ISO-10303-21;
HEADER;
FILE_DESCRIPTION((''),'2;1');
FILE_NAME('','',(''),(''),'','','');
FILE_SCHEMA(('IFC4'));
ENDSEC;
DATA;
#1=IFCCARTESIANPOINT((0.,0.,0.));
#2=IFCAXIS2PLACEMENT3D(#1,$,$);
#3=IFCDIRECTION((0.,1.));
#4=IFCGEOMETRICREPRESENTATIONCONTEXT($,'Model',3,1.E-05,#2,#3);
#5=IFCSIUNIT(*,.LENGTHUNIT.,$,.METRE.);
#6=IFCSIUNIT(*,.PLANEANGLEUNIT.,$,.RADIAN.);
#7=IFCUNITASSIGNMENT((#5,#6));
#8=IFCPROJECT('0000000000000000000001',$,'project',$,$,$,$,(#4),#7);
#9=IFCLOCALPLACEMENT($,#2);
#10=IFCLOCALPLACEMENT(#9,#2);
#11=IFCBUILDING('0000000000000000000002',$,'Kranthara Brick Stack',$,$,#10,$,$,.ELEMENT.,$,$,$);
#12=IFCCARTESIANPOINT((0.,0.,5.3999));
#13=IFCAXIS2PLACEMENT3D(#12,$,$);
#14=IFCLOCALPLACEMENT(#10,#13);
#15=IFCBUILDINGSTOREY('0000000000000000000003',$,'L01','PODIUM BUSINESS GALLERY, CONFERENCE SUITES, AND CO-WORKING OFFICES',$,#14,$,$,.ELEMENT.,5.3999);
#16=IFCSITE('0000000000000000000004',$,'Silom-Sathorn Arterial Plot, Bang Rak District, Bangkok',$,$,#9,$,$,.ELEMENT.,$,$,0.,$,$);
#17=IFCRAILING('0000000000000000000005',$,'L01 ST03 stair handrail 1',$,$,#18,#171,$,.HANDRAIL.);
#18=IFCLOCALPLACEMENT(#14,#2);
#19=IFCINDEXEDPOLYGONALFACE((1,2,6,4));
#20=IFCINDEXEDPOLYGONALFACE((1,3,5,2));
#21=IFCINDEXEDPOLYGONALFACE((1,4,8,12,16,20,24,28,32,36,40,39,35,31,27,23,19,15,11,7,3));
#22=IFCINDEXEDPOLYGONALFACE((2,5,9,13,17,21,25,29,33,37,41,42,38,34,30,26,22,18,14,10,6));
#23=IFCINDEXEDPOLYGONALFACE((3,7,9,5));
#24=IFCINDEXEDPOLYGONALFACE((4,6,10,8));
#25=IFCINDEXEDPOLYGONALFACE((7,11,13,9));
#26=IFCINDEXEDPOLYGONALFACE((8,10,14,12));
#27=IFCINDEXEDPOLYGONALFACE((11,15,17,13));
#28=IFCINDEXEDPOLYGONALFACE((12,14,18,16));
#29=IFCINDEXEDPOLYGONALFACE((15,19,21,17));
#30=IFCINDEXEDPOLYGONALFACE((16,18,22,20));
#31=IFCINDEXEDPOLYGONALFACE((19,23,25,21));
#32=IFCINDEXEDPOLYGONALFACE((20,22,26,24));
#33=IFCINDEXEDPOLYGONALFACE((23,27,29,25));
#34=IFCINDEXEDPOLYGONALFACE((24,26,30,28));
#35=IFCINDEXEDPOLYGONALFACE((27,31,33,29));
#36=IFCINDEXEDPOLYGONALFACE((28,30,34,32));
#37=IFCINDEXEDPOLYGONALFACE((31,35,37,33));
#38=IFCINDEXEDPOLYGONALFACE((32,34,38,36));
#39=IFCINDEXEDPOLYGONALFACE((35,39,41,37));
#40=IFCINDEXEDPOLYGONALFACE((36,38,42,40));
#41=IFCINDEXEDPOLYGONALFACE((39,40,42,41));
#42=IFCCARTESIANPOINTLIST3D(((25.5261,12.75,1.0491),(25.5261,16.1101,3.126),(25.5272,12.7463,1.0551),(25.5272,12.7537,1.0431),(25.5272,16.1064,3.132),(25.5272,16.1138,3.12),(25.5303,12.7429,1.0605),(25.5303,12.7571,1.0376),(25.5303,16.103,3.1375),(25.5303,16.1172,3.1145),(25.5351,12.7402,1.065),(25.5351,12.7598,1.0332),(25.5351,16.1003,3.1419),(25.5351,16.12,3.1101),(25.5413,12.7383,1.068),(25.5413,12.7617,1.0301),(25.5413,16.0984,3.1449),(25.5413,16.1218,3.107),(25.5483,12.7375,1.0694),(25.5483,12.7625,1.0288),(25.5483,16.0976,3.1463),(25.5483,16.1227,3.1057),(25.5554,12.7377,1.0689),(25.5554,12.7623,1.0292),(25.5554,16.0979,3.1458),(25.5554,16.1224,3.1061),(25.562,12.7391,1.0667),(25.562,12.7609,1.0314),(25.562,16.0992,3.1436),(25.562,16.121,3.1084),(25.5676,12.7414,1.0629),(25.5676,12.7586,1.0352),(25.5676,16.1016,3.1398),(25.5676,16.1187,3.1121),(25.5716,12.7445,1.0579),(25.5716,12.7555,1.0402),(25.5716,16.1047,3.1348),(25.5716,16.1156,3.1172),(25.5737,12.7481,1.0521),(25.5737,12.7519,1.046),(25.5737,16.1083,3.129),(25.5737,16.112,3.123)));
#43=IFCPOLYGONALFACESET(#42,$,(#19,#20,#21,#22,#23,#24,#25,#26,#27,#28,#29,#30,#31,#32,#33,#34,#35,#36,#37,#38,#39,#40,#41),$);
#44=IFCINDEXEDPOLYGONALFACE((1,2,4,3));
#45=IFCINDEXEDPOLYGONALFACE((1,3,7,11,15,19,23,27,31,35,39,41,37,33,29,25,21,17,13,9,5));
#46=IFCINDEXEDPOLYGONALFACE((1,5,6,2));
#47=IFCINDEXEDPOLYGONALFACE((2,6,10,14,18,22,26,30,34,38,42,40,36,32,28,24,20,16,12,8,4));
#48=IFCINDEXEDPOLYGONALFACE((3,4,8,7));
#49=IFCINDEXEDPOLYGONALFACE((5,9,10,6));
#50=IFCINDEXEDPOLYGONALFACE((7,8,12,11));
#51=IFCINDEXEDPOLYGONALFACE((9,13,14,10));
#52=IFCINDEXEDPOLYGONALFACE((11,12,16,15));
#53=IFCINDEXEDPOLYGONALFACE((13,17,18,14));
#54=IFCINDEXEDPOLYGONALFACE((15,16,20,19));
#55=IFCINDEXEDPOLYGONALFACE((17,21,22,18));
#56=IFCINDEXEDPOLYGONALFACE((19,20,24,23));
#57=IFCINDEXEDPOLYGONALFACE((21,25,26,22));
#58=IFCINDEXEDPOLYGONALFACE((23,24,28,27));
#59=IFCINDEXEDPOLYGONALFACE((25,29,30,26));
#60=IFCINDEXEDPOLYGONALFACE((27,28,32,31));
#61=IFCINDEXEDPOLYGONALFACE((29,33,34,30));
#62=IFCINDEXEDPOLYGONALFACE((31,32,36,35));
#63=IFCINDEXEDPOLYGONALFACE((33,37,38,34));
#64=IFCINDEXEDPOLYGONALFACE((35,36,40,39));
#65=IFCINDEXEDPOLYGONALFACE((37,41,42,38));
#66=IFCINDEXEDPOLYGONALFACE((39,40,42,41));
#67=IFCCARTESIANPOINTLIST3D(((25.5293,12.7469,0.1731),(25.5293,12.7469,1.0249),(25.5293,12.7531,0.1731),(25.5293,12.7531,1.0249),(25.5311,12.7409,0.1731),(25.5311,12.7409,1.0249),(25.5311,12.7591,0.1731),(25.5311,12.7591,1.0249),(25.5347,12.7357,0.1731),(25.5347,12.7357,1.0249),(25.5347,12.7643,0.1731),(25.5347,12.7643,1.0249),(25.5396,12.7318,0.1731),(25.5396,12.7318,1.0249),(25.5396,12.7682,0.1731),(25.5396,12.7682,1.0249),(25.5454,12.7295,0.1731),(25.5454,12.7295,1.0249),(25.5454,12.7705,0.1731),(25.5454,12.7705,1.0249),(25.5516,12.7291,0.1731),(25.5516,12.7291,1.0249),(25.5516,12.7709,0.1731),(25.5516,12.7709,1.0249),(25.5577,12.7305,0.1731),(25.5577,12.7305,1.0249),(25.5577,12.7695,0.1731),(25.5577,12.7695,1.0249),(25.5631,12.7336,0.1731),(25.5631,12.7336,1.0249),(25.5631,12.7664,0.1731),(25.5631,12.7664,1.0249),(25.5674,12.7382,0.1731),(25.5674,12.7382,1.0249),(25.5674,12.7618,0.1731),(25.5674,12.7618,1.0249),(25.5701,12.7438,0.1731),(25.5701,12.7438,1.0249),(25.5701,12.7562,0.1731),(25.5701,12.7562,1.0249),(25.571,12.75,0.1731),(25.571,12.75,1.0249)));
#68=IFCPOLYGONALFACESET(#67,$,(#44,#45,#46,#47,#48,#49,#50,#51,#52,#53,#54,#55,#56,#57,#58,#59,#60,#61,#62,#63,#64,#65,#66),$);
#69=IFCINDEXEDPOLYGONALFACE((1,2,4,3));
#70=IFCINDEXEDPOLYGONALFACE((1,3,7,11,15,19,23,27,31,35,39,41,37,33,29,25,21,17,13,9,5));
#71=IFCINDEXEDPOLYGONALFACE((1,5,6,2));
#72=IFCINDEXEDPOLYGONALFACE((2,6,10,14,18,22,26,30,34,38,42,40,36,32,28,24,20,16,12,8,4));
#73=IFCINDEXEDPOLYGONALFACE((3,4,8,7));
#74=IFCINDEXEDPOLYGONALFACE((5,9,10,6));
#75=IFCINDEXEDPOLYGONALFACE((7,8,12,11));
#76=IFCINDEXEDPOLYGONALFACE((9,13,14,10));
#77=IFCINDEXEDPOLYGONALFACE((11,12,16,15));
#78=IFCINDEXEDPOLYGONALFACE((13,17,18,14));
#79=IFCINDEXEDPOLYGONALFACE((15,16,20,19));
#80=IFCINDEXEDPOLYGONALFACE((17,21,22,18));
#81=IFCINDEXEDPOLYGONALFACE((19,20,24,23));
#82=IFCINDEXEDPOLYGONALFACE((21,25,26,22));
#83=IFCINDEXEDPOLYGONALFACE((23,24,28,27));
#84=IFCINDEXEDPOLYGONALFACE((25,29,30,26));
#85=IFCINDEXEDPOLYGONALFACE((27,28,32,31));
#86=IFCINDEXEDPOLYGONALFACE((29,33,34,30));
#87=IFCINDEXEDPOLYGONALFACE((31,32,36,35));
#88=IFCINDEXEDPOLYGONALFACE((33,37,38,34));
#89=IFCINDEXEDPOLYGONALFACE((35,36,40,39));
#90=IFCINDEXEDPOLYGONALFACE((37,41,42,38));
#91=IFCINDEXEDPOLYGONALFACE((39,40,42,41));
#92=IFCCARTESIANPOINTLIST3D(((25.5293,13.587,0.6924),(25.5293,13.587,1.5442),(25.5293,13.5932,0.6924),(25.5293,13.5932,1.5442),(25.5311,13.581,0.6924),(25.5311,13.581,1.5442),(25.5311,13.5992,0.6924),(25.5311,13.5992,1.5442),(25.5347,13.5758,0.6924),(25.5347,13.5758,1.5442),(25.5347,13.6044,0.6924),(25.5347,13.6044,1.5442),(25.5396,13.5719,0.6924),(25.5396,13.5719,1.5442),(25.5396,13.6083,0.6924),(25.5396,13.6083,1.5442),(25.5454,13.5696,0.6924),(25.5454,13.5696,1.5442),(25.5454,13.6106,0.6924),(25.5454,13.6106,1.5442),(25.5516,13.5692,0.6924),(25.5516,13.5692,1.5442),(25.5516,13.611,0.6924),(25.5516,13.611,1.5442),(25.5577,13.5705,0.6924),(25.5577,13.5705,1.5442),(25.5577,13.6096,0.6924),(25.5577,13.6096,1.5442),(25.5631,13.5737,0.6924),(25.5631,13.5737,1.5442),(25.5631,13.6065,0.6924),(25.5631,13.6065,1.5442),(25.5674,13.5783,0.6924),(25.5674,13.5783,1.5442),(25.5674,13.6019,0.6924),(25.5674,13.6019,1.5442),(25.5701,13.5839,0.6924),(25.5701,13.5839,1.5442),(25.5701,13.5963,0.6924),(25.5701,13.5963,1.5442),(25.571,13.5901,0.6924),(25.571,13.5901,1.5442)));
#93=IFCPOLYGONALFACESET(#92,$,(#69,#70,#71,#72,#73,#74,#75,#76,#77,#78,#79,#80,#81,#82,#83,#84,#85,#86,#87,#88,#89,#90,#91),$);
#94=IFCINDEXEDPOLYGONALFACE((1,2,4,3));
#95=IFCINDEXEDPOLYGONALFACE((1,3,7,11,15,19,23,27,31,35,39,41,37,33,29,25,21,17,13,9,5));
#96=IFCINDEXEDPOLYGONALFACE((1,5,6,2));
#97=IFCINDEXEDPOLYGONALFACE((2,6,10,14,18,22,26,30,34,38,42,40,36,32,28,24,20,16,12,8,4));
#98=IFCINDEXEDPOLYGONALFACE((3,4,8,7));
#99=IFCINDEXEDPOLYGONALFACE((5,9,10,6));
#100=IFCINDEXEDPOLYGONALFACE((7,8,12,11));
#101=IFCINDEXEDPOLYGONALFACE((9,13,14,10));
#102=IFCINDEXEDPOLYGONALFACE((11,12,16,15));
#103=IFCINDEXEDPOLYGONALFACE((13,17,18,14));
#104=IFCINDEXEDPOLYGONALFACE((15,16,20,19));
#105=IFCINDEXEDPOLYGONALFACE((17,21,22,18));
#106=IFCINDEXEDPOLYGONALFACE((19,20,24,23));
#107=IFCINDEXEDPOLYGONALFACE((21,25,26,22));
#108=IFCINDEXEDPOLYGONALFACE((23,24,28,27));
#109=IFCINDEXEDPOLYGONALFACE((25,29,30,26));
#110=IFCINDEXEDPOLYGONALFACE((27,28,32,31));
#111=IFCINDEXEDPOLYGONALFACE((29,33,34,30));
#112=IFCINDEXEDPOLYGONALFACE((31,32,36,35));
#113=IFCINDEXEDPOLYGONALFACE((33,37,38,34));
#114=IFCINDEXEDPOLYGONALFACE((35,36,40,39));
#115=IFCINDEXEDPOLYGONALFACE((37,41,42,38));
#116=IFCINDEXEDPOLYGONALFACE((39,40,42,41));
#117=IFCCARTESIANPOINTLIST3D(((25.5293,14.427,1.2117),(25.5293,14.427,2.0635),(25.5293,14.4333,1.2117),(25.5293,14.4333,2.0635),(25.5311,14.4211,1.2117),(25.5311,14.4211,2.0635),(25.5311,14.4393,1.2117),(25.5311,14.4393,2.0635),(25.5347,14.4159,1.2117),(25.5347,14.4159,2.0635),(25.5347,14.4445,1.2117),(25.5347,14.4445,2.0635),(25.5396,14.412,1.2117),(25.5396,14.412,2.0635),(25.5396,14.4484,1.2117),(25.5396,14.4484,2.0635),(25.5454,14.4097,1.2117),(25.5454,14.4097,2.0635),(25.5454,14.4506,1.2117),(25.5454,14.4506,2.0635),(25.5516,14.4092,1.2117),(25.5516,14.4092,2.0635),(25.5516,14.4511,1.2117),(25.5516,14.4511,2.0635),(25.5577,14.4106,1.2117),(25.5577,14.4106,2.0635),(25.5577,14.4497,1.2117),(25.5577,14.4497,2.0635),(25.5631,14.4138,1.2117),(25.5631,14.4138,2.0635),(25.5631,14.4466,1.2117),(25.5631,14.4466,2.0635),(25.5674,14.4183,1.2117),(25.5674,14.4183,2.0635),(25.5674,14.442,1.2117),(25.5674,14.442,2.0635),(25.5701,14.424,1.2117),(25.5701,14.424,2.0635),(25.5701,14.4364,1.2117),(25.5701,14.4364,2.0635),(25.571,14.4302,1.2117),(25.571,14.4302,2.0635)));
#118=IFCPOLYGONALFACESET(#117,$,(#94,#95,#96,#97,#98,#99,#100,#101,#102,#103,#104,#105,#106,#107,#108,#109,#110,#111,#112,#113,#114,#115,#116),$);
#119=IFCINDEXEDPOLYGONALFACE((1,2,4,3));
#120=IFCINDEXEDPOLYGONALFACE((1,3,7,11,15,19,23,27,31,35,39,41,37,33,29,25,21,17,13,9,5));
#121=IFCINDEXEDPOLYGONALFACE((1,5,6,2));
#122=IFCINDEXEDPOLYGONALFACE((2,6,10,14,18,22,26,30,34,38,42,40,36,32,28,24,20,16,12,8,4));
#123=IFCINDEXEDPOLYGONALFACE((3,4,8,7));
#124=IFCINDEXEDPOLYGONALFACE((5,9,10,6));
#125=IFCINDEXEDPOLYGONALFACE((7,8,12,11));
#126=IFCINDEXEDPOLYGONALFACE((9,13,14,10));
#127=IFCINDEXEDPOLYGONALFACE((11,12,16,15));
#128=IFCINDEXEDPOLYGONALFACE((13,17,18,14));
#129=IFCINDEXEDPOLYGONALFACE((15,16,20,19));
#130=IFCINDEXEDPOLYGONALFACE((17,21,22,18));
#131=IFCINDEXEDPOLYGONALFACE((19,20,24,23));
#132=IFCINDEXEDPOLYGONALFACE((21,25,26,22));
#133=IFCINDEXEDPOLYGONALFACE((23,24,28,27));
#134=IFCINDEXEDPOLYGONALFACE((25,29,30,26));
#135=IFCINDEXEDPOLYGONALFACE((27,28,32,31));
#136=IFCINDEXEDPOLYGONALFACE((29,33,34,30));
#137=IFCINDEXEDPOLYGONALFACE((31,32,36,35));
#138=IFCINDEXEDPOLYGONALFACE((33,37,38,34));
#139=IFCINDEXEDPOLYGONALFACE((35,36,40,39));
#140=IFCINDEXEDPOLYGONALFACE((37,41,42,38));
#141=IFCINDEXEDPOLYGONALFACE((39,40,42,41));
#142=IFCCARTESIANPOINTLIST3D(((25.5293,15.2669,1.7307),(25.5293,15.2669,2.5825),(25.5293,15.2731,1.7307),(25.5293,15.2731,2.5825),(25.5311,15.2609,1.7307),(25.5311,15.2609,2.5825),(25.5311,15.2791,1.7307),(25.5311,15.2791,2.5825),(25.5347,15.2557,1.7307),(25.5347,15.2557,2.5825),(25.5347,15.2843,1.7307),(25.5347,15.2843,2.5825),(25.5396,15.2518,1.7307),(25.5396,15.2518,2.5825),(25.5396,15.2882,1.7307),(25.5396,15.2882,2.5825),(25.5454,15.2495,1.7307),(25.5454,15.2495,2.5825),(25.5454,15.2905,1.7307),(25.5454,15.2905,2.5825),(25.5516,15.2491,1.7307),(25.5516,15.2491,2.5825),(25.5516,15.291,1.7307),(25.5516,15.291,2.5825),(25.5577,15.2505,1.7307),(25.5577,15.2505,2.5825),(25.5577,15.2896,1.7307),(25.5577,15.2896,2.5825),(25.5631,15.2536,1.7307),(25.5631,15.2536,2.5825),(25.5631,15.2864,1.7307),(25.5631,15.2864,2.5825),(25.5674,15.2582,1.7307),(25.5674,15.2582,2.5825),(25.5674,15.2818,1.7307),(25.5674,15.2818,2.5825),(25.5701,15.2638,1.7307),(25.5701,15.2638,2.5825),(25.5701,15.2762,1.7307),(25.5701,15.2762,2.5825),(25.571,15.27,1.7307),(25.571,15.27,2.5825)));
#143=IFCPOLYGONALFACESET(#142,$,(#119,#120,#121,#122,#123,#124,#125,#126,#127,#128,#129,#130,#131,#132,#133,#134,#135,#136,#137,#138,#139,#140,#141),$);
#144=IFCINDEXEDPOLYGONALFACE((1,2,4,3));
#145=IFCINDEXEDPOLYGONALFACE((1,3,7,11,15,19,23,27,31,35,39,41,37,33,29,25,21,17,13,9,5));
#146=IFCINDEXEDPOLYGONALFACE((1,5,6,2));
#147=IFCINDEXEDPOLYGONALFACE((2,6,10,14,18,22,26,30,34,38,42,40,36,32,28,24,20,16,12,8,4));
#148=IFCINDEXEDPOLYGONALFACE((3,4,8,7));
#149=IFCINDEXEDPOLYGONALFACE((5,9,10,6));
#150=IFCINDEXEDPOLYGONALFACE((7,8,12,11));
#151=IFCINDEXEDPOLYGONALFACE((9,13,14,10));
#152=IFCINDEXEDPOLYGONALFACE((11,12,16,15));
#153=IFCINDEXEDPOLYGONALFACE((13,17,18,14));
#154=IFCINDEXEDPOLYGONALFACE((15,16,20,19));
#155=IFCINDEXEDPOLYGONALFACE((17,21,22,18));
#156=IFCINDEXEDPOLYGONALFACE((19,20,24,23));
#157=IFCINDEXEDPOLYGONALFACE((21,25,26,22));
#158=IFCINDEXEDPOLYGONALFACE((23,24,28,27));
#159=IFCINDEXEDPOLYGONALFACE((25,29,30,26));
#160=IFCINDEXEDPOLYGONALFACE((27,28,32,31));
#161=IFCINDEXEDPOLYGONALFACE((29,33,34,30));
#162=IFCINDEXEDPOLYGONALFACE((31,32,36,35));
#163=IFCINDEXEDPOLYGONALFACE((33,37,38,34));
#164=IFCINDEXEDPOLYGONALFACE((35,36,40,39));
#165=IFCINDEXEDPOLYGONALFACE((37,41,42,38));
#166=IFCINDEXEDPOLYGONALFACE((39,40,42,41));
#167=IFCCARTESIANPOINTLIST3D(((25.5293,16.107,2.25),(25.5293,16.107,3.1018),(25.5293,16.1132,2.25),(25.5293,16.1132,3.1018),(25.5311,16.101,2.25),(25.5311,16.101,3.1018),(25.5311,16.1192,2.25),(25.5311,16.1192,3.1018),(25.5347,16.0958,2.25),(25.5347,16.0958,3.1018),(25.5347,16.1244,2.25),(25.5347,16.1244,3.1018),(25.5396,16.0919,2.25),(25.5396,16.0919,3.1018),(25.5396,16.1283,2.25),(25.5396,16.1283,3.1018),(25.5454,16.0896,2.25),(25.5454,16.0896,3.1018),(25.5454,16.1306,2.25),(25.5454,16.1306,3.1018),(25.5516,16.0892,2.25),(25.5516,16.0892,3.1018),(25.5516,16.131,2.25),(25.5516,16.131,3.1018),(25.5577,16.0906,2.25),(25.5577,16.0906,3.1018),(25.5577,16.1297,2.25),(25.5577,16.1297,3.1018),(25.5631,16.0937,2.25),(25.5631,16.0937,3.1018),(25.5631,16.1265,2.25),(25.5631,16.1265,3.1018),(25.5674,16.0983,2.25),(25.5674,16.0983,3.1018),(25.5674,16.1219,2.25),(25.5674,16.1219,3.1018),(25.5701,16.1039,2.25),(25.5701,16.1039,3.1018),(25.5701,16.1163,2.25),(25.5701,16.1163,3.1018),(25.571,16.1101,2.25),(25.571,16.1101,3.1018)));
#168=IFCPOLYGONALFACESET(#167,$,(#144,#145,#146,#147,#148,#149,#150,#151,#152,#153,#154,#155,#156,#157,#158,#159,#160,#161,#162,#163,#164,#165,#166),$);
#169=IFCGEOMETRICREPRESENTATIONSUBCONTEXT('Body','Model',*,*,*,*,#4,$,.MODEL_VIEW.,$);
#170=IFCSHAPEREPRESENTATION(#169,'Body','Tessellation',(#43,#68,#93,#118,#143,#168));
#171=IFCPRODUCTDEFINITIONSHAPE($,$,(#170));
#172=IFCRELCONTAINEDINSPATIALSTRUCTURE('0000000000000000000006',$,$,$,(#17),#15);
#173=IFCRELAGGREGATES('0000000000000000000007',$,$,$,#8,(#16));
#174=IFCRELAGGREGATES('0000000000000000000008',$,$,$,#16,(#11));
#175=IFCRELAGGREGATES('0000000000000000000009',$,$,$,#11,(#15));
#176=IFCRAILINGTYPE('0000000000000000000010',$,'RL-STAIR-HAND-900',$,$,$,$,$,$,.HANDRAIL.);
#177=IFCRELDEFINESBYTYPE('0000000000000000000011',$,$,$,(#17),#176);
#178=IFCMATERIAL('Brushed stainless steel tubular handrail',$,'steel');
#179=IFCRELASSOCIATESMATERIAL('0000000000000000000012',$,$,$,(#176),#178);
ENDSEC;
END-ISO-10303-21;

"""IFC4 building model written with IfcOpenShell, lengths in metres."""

from ifc_helpers import new_model, si_unit, direction, frame, origin, origin_2d, place, context, subcontext, project, spatial, circle, extrude, material, type_object, element, save


model = new_model("IFC4")

# Units and contexts
model_context = context("Model", 3, precision=1e-05, world=origin(), true_north=direction((0.0, 1.0)))
body_context = subcontext(model_context, "Body", "Model", "MODEL_VIEW")
ifc_project = project(units=[si_unit("LENGTHUNIT", "METRE"), si_unit("PLANEANGLEUNIT", "RADIAN")], contexts=[model_context])

# Site, building, storey
site_placement = place(None, origin())
site = spatial("IfcSite", under=ifc_project, at=site_placement, Name="Silom-Sathorn Arterial Plot, Bang Rak District, Bangkok", CompositionType="ELEMENT", RefElevation=0.0)
building_placement = place(site_placement, origin())
building = spatial("IfcBuilding", under=site, at=building_placement, Name="Kranthara Brick Stack", CompositionType="ELEMENT")
storey_placement = place(building_placement, frame((0.0, 0.0, 5.3999)))
storey = spatial("IfcBuildingStorey", under=building, at=storey_placement, Name="L01", Description="PODIUM BUSINESS GALLERY, CONFERENCE SUITES, AND CO-WORKING OFFICES", CompositionType="ELEMENT", Elevation=5.3999)

# Railing
ifc_material_1 = material(Name="Brushed stainless steel tubular handrail", Category="steel")
railing_type_1 = type_object("IfcRailingType", Name="RL-STAIR-HAND-900", PredefinedType="HANDRAIL", material=ifc_material_1)
for number, where, name in (
    (1, (25.55, 12.75, 0.1731), "L01 ST03 stair handrail 1"),
):
    element("IfcRailing", number, at=place(storey_placement, frame(where)), inside=storey, type_object=railing_type_1, Name=name, PredefinedType="HANDRAIL", context=body_context, shape_type="SweptSolid", body=[
        extrude(circle(Radius=0.0239, at=origin_2d()), frame((0.0, 0.0, 0.876), z_axis=(0.0, 0.850623, 0.525776), x_axis=(-1.0, 0.0, 0.0)), (0.0, 0.0, 1.0), 3.9502),
        extrude(circle(Radius=0.021, at=origin_2d()), origin(), (0.0, 0.0, 1.0), 0.8518),
        extrude(circle(Radius=0.021, at=origin_2d()), frame((0.0, 0.8401, 0.5193)), (0.0, 0.0, 1.0), 0.8518),
        extrude(circle(Radius=0.021, at=origin_2d()), frame((0.0, 1.6802, 1.0386)), (0.0, 0.0, 1.0), 0.8518),
        extrude(circle(Radius=0.021, at=origin_2d()), frame((0.0, 2.52, 1.5576)), (0.0, 0.0, 1.0), 0.8518),
        extrude(circle(Radius=0.021, at=origin_2d()), frame((0.0, 3.3601, 2.0769)), (0.0, 0.0, 1.0), 0.8518),
    ])

save(model, "model.ifc")
